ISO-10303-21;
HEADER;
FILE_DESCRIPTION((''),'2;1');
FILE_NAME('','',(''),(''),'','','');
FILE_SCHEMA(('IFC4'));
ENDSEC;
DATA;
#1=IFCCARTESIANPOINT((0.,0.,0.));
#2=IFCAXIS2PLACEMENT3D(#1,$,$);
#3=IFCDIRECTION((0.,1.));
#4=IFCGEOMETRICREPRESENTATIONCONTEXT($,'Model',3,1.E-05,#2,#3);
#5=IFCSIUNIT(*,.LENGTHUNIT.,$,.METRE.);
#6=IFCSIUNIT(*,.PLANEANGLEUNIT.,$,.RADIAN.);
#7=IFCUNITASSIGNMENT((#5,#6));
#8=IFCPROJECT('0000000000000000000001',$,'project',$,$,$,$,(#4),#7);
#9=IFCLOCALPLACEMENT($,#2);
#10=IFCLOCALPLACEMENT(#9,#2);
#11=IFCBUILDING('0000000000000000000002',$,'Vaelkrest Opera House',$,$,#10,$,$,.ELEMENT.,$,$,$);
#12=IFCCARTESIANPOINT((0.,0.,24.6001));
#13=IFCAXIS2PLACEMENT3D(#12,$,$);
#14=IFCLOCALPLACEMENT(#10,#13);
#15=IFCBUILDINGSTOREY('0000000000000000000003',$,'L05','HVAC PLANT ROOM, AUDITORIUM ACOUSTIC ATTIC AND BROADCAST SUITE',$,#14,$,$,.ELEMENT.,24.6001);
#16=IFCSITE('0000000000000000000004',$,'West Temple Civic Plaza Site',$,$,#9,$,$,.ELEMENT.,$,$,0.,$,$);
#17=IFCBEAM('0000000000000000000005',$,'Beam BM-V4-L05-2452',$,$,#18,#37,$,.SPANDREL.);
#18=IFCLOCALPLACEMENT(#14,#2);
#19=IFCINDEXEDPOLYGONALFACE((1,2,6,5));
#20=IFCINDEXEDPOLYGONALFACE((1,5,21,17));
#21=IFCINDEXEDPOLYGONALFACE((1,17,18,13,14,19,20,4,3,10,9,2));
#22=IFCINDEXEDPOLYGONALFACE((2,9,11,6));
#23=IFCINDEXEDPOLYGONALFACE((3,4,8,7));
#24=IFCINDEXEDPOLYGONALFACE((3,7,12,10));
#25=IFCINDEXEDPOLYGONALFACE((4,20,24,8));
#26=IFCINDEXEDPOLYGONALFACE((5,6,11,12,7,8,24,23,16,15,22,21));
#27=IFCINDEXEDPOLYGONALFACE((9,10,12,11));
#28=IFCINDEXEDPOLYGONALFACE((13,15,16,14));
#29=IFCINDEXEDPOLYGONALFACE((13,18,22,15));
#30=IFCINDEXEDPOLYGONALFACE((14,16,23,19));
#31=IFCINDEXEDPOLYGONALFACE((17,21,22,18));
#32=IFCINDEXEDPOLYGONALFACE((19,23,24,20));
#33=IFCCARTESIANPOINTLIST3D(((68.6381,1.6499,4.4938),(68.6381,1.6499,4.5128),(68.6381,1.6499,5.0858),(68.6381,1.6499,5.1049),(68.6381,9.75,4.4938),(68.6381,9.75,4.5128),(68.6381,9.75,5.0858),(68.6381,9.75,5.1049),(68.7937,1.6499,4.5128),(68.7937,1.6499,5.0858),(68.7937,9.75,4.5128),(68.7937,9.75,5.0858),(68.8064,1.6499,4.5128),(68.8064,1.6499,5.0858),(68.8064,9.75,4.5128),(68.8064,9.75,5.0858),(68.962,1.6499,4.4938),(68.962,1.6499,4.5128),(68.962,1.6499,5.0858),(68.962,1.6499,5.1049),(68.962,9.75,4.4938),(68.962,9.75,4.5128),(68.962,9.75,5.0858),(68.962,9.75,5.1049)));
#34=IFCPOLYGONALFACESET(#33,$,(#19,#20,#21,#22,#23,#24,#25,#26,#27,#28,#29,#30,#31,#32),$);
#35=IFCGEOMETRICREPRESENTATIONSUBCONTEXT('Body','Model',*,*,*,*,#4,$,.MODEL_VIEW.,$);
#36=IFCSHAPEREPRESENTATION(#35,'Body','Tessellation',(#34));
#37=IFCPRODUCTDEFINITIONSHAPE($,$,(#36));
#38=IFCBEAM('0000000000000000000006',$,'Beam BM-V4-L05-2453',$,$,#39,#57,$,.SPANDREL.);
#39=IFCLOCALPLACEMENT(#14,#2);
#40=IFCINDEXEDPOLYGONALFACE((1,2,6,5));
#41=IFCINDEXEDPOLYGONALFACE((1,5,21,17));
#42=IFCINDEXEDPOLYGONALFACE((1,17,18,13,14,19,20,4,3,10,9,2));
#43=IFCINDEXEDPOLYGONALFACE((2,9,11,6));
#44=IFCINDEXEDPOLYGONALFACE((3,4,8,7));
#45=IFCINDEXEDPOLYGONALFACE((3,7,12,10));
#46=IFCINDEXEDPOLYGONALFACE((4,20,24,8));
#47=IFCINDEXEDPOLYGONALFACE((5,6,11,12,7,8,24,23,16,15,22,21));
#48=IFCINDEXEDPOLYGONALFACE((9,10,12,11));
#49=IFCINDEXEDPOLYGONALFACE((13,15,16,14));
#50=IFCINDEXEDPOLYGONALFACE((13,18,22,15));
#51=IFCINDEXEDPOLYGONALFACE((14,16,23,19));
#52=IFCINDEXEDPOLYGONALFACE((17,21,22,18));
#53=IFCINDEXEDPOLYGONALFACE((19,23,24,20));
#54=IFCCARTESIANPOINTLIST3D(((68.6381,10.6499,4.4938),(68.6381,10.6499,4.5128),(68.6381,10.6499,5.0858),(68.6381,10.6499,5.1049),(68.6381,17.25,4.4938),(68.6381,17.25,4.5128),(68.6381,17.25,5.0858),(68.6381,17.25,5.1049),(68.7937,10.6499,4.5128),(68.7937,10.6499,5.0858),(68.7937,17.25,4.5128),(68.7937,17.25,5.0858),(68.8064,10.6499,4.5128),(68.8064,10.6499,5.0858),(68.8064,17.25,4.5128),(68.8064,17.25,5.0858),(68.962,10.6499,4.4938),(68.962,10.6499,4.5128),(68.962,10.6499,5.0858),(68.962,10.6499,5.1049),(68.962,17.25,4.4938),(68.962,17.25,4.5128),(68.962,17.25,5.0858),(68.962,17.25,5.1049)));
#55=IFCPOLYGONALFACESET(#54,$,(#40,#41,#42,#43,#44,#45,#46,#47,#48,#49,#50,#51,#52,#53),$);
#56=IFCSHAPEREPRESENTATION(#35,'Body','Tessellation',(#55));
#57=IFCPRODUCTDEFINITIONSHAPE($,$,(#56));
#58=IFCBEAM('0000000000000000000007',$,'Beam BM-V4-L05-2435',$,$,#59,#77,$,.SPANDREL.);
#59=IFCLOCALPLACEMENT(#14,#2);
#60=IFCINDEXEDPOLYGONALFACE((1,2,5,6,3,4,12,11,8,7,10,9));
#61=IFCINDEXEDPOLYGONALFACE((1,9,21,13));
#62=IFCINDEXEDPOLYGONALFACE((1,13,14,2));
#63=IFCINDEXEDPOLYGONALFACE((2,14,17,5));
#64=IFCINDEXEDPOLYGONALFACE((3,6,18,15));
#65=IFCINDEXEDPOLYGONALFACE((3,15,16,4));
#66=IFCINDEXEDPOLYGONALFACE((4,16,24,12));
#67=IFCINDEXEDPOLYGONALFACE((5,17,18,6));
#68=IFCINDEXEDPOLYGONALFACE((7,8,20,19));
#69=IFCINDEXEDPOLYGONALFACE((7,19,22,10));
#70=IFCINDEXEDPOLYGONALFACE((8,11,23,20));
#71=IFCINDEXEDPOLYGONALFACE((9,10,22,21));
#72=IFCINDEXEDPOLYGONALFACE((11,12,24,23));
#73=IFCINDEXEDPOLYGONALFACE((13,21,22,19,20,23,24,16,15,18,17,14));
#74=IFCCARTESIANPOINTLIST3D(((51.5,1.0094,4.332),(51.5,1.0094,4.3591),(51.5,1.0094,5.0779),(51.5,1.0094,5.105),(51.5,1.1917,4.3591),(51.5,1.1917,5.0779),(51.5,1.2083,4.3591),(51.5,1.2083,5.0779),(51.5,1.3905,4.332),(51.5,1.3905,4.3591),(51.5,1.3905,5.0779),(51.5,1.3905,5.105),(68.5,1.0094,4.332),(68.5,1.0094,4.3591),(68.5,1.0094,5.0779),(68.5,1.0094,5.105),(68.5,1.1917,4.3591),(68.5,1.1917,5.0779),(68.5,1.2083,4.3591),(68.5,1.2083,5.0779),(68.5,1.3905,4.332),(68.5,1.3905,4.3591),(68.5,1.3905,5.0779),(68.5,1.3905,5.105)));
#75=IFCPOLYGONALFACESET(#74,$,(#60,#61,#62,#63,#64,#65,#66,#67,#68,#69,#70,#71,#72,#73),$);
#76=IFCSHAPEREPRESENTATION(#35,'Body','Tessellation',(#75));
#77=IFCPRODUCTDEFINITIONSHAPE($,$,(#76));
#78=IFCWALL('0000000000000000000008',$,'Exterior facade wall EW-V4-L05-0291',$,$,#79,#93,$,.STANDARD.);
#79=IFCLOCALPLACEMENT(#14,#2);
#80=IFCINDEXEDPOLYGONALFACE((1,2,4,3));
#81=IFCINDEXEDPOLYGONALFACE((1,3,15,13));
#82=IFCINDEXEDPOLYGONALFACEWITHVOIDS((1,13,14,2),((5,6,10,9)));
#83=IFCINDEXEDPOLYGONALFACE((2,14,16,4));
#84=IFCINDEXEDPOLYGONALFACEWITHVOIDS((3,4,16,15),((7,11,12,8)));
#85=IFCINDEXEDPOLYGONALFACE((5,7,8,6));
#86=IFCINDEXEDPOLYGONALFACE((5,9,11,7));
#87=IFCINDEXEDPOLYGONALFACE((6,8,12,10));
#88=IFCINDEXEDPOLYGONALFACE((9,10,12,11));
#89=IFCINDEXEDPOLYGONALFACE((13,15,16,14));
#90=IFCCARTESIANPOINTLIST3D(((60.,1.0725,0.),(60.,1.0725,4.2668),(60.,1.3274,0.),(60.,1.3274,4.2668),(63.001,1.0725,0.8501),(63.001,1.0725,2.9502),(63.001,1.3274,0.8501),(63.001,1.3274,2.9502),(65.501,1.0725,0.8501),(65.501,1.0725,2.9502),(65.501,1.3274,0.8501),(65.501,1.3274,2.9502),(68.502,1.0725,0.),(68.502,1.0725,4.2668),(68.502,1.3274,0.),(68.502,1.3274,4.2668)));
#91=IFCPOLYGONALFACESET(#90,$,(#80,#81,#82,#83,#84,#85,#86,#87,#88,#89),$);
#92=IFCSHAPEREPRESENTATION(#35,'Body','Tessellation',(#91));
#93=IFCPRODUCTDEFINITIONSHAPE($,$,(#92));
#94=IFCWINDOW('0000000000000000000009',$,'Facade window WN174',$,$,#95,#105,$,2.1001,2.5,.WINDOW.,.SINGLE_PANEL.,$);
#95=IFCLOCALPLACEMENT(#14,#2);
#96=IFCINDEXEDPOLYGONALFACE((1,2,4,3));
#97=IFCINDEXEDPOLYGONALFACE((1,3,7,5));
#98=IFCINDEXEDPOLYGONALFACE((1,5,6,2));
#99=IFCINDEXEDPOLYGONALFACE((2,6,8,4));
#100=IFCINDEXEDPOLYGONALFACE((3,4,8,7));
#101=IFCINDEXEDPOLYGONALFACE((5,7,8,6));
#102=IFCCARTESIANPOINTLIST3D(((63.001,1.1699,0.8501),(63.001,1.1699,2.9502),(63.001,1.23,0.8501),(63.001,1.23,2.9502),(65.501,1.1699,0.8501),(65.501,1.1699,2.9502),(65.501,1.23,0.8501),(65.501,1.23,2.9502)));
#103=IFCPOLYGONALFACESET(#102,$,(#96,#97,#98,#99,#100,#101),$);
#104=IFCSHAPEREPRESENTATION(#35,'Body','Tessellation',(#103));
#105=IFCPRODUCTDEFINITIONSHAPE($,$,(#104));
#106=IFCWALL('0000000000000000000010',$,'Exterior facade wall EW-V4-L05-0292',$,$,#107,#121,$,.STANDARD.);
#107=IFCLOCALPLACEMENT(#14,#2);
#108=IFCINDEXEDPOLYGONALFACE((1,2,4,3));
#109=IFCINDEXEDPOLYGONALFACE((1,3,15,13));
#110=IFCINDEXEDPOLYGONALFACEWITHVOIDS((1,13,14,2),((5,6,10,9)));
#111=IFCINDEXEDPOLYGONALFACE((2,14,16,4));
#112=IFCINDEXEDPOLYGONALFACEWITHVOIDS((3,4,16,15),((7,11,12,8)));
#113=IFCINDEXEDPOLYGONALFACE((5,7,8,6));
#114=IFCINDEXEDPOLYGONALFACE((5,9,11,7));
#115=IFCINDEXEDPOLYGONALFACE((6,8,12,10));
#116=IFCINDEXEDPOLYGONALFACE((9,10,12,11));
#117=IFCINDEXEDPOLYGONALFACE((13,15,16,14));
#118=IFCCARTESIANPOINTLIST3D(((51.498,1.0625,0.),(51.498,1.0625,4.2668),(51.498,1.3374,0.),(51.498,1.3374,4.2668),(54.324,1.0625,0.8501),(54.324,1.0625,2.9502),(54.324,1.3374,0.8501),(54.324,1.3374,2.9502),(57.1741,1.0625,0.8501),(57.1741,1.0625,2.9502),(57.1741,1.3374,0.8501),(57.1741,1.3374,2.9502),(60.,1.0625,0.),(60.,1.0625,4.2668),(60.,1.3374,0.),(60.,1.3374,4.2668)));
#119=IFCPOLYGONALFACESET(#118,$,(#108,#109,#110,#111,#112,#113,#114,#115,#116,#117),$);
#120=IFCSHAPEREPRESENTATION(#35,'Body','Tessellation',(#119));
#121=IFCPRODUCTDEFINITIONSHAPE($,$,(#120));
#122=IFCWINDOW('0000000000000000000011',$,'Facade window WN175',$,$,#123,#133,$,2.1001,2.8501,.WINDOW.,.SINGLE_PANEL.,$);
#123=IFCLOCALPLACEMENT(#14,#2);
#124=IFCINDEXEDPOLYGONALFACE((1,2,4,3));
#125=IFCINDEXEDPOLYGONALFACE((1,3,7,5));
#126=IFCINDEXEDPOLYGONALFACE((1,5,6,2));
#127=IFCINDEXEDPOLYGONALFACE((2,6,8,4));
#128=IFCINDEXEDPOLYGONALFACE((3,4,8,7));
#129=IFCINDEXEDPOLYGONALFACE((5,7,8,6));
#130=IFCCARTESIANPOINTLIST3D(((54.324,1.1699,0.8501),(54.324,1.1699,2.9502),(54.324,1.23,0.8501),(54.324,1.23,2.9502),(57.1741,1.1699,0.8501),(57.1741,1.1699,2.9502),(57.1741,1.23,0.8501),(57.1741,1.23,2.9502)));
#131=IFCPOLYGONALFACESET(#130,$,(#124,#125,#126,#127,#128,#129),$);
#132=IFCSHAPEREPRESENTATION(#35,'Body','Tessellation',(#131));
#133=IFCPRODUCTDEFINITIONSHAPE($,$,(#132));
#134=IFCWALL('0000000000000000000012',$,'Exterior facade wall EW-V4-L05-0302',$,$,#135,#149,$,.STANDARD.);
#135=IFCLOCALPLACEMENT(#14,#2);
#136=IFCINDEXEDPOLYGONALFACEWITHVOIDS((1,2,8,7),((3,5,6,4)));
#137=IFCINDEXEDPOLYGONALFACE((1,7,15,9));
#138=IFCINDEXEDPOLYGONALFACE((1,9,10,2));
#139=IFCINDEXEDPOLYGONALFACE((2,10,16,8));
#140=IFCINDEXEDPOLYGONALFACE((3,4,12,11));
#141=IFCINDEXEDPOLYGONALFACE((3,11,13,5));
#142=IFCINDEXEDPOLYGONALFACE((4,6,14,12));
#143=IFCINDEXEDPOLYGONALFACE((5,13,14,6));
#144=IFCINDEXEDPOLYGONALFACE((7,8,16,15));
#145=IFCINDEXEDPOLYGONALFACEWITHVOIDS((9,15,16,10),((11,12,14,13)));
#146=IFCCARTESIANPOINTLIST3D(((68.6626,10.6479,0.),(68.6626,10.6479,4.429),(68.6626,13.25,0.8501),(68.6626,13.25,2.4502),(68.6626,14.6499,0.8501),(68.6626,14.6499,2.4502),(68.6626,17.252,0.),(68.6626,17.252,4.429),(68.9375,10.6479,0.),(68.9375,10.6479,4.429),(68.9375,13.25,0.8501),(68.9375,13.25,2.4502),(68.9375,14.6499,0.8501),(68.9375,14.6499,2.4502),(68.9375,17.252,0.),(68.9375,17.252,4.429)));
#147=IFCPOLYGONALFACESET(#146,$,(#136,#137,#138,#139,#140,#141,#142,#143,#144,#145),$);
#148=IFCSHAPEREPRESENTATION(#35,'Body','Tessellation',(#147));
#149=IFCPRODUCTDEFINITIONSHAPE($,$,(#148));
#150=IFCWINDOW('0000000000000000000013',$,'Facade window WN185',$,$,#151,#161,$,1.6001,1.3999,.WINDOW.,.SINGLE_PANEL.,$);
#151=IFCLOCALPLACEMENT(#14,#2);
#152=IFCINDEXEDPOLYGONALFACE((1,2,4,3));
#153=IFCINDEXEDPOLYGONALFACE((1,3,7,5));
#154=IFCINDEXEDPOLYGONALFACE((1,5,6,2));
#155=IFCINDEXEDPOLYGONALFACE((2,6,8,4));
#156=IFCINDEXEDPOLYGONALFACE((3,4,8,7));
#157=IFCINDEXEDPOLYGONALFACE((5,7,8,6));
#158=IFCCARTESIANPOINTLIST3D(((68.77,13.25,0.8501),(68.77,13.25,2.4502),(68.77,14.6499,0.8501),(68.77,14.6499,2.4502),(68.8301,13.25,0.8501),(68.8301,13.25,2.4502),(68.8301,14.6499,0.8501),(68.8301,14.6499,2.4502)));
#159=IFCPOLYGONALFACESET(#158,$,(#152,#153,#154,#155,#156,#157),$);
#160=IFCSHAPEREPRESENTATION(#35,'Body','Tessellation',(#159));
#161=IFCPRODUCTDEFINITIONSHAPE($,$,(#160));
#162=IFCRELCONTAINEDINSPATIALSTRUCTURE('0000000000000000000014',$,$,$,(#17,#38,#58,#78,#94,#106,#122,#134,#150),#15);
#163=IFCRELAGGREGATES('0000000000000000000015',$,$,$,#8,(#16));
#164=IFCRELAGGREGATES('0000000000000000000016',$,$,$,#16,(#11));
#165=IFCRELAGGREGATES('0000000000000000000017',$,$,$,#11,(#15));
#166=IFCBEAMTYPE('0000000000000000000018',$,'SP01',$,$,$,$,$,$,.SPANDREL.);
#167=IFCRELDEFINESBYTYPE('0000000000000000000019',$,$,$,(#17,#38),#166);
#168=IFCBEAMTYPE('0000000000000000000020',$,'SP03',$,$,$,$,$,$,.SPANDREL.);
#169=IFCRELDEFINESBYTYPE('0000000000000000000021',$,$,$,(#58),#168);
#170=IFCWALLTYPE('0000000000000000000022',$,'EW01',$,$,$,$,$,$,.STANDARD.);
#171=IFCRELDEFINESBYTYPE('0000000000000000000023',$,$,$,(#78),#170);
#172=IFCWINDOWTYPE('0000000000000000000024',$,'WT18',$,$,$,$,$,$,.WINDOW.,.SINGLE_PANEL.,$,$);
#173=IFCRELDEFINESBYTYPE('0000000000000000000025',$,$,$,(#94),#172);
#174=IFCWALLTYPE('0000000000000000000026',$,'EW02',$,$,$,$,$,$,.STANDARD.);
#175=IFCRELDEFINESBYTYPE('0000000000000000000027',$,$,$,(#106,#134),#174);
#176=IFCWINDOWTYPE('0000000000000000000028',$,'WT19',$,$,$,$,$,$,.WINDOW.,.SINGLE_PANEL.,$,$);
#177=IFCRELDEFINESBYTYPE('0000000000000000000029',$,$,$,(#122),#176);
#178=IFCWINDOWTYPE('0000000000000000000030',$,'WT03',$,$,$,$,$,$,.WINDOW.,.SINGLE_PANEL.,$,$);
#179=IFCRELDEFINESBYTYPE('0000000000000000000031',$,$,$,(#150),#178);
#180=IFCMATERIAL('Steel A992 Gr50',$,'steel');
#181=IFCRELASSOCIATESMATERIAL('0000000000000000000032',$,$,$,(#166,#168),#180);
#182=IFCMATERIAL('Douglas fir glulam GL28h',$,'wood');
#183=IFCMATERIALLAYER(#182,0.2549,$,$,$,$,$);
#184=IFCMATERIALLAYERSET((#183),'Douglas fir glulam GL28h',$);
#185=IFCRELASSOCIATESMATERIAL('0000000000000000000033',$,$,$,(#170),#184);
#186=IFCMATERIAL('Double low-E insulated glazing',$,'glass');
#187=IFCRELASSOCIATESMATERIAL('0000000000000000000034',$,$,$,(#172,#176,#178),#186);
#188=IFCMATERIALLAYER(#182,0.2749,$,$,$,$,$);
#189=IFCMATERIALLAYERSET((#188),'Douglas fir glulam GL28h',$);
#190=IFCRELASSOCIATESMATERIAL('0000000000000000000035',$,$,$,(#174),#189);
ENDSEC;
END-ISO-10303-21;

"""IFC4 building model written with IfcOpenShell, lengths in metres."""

from ifc_helpers import new_model, si_unit, direction, frame, frame_2d, origin, origin_2d, place, context, subcontext, project, spatial, rectangle, i_section, extrude, material, layer, layer_set, material_profile, profile_set, type_object, element, fill, save


model = new_model("IFC4")

# Units and contexts
model_context = context("Model", 3, precision=1e-05, world=origin(), true_north=direction((0.0, 1.0)))
body_context = subcontext(model_context, "Body", "Model", "MODEL_VIEW")
ifc_project = project(units=[si_unit("LENGTHUNIT", "METRE"), si_unit("PLANEANGLEUNIT", "RADIAN")], contexts=[model_context])

# Site, building, storey
site_placement = place(None, origin())
site = spatial("IfcSite", under=ifc_project, at=site_placement, Name="West Temple Civic Plaza Site", CompositionType="ELEMENT", RefElevation=0.0)
building_placement = place(site_placement, origin())
building = spatial("IfcBuilding", under=site, at=building_placement, Name="Vaelkrest Opera House", CompositionType="ELEMENT")
storey_placement = place(building_placement, frame((0.0, 0.0, 24.6001)))
storey = spatial("IfcBuildingStorey", under=building, at=storey_placement, Name="L05", Description="HVAC PLANT ROOM, AUDITORIUM ACOUSTIC ATTIC AND BROADCAST SUITE", CompositionType="ELEMENT", Elevation=24.6001)

# Beams
ifc_material_1 = material(Name="Steel A992 Gr50", Category="steel")
ifc_material_profile_1 = material_profile(ifc_material_1, i_section(OverallWidth=0.324, OverallDepth=0.6111, WebThickness=0.0127, FlangeThickness=0.019, at=origin_2d()), Name="W24X104")
ifc_profile_set_1 = profile_set([ifc_material_profile_1], Name="Steel A992 Gr50")
beam_type_1 = type_object("IfcBeamType", Name="SP01", PredefinedType="SPANDREL", material=ifc_profile_set_1)
beam_1_placement = place(storey_placement, frame((68.8, 1.6499, 4.7993), z_axis=(0.0, 1.0, 0.0), x_axis=(-1.0, 0.0, 0.0)))
element("IfcBeam", 1, at=beam_1_placement, inside=storey, type_object=beam_type_1, Name="Beam BM-V4-L05-2452", PredefinedType="SPANDREL", context=body_context, shape_type="SweptSolid", body=[
    extrude(i_section(OverallWidth=0.324, OverallDepth=0.6111, WebThickness=0.0127, FlangeThickness=0.019, at=origin_2d()), origin(), (0.0, 0.0, 1.0), 8.1001),
])
beam_2_placement = place(storey_placement, frame((68.8, 10.6499, 4.7993), z_axis=(0.0, 1.0, 0.0), x_axis=(-1.0, 0.0, 0.0)))
element("IfcBeam", 2, at=beam_2_placement, inside=storey, type_object=beam_type_1, Name="Beam BM-V4-L05-2453", PredefinedType="SPANDREL", context=body_context, shape_type="SweptSolid", body=[
    extrude(i_section(OverallWidth=0.324, OverallDepth=0.6111, WebThickness=0.0127, FlangeThickness=0.019, at=origin_2d()), origin(), (0.0, 0.0, 1.0), 6.6001),
])
ifc_material_profile_2 = material_profile(ifc_material_1, i_section(OverallWidth=0.3811, OverallDepth=0.7729, WebThickness=0.0166, FlangeThickness=0.0271, at=origin_2d()), Name="W30X173")
ifc_profile_set_2 = profile_set([ifc_material_profile_2], Name="Steel A992 Gr50")
beam_type_2 = type_object("IfcBeamType", Name="SP03", PredefinedType="SPANDREL", material=ifc_profile_set_2)
beam_3_placement = place(storey_placement, frame((51.5, 1.2, 4.7185), z_axis=(1.0, 0.0, 0.0), x_axis=(0.0, 1.0, 0.0)))
element("IfcBeam", 3, at=beam_3_placement, inside=storey, type_object=beam_type_2, Name="Beam BM-V4-L05-2435", PredefinedType="SPANDREL", context=body_context, shape_type="SweptSolid", body=[
    extrude(i_section(OverallWidth=0.3811, OverallDepth=0.7729, WebThickness=0.0166, FlangeThickness=0.0271, at=origin_2d()), origin(), (0.0, 0.0, 1.0), 17.0),
])

# Walls, openings, windows
ifc_material_2 = material(Name="Douglas fir glulam GL28h", Category="wood")
ifc_layer_1 = layer(ifc_material_2, 0.2549)
ifc_layer_set_1 = layer_set([ifc_layer_1], Name="Douglas fir glulam GL28h")
wall_type_1 = type_object("IfcWallType", Name="EW01", PredefinedType="STANDARD", material=ifc_layer_set_1)
wall_1_placement = place(storey_placement, frame((68.502, 1.2, 0.0), z_axis=(0.0, 0.0, 1.0), x_axis=(-1.0, 0.0, 0.0)))
wall_1 = element("IfcWall", 4, at=wall_1_placement, inside=storey, type_object=wall_type_1, Name="Exterior facade wall EW-V4-L05-0291", PredefinedType="STANDARD", context=body_context, shape_type="SweptSolid", body=[
    extrude(rectangle(XDim=8.502, YDim=0.2549, at=frame_2d((4.251, 0.0))), origin(), (0.0, 0.0, 1.0), 4.2668),
])
opening_1_placement = place(wall_1_placement, frame((3.001, 0.0, 0.8501)))
opening_1 = element("IfcOpeningElement", 5, at=opening_1_placement, cuts=wall_1, PredefinedType="OPENING", context=body_context, shape_type="SweptSolid", body=[
    extrude(rectangle(XDim=2.5, YDim=2.1001, at=frame_2d((1.25, 1.05))), frame((0.0, 0.1375, 0.0), z_axis=(0.0, -1.0, 0.0), x_axis=(1.0, 0.0, 0.0)), (0.0, 0.0, 1.0), 0.2749),
])
ifc_material_3 = material(Name="Double low-E insulated glazing", Category="glass")
window_type_1 = type_object("IfcWindowType", Name="WT18", PartitioningType="SINGLE_PANEL", PredefinedType="WINDOW", material=ifc_material_3)
window_1_placement = place(opening_1_placement, origin())
window_1 = element("IfcWindow", 6, at=window_1_placement, inside=storey, type_object=window_type_1, Name="Facade window WN174", OverallHeight=2.1001, OverallWidth=2.5, PartitioningType="SINGLE_PANEL", PredefinedType="WINDOW", context=body_context, shape_type="SweptSolid", body=[
    extrude(rectangle(XDim=2.5, YDim=2.1001, at=frame_2d((1.25, 1.05))), frame((0.0, 0.03, 0.0), z_axis=(0.0, -1.0, 0.0), x_axis=(1.0, 0.0, 0.0)), (0.0, 0.0, 1.0), 0.0601),
])
fill(opening_1, window_1)
ifc_layer_2 = layer(ifc_material_2, 0.2749)
ifc_layer_set_2 = layer_set([ifc_layer_2], Name="Douglas fir glulam GL28h")
wall_type_2 = type_object("IfcWallType", Name="EW02", PredefinedType="STANDARD", material=ifc_layer_set_2)
wall_2_placement = place(storey_placement, frame((60.0, 1.2, 0.0), z_axis=(0.0, 0.0, 1.0), x_axis=(-1.0, 0.0, 0.0)))
wall_2 = element("IfcWall", 7, at=wall_2_placement, inside=storey, type_object=wall_type_2, Name="Exterior facade wall EW-V4-L05-0292", PredefinedType="STANDARD", context=body_context, shape_type="SweptSolid", body=[
    extrude(rectangle(XDim=8.502, YDim=0.2749, at=frame_2d((4.251, 0.0))), origin(), (0.0, 0.0, 1.0), 4.2668),
])
opening_2_placement = place(wall_2_placement, frame((2.8259, 0.0, 0.8501)))
opening_2 = element("IfcOpeningElement", 8, at=opening_2_placement, cuts=wall_2, PredefinedType="OPENING", context=body_context, shape_type="SweptSolid", body=[
    extrude(rectangle(XDim=2.8501, YDim=2.1001, at=frame_2d((1.425, 1.05))), frame((0.0, 0.1475, 0.0), z_axis=(0.0, -1.0, 0.0), x_axis=(1.0, 0.0, 0.0)), (0.0, 0.0, 1.0), 0.2949),
])
window_type_2 = type_object("IfcWindowType", Name="WT19", PartitioningType="SINGLE_PANEL", PredefinedType="WINDOW", material=ifc_material_3)
window_2_placement = place(opening_2_placement, origin())
window_2 = element("IfcWindow", 9, at=window_2_placement, inside=storey, type_object=window_type_2, Name="Facade window WN175", OverallHeight=2.1001, OverallWidth=2.8501, PartitioningType="SINGLE_PANEL", PredefinedType="WINDOW", context=body_context, shape_type="SweptSolid", body=[
    extrude(rectangle(XDim=2.8501, YDim=2.1001, at=frame_2d((1.425, 1.05))), frame((0.0, 0.03, 0.0), z_axis=(0.0, -1.0, 0.0), x_axis=(1.0, 0.0, 0.0)), (0.0, 0.0, 1.0), 0.0601),
])
fill(opening_2, window_2)
wall_3_placement = place(storey_placement, frame((68.8, 17.252, 0.0), z_axis=(0.0, 0.0, 1.0), x_axis=(0.0, -1.0, 0.0)))
wall_3 = element("IfcWall", 10, at=wall_3_placement, inside=storey, type_object=wall_type_2, Name="Exterior facade wall EW-V4-L05-0302", PredefinedType="STANDARD", context=body_context, shape_type="SweptSolid", body=[
    extrude(rectangle(XDim=6.604, YDim=0.2749, at=frame_2d((3.302, 0.0))), origin(), (0.0, 0.0, 1.0), 4.429),
])
opening_3_placement = place(wall_3_placement, frame((2.6021, 0.0, 0.8501)))
opening_3 = element("IfcOpeningElement", 11, at=opening_3_placement, cuts=wall_3, PredefinedType="OPENING", context=body_context, shape_type="SweptSolid", body=[
    extrude(rectangle(XDim=1.3999, YDim=1.6001, at=frame_2d((0.7, 0.8))), frame((0.0, 0.1475, 0.0), z_axis=(0.0, -1.0, 0.0), x_axis=(1.0, 0.0, 0.0)), (0.0, 0.0, 1.0), 0.2949),
])
window_type_3 = type_object("IfcWindowType", Name="WT03", PartitioningType="SINGLE_PANEL", PredefinedType="WINDOW", material=ifc_material_3)
window_3_placement = place(opening_3_placement, origin())
window_3 = element("IfcWindow", 12, at=window_3_placement, inside=storey, type_object=window_type_3, Name="Facade window WN185", OverallHeight=1.6001, OverallWidth=1.3999, PartitioningType="SINGLE_PANEL", PredefinedType="WINDOW", context=body_context, shape_type="SweptSolid", body=[
    extrude(rectangle(XDim=1.3999, YDim=1.6001, at=frame_2d((0.7, 0.8))), frame((0.0, 0.03, 0.0), z_axis=(0.0, -1.0, 0.0), x_axis=(1.0, 0.0, 0.0)), (0.0, 0.0, 1.0), 0.0601),
])
fill(opening_3, window_3)

save(model, "model.ifc")
